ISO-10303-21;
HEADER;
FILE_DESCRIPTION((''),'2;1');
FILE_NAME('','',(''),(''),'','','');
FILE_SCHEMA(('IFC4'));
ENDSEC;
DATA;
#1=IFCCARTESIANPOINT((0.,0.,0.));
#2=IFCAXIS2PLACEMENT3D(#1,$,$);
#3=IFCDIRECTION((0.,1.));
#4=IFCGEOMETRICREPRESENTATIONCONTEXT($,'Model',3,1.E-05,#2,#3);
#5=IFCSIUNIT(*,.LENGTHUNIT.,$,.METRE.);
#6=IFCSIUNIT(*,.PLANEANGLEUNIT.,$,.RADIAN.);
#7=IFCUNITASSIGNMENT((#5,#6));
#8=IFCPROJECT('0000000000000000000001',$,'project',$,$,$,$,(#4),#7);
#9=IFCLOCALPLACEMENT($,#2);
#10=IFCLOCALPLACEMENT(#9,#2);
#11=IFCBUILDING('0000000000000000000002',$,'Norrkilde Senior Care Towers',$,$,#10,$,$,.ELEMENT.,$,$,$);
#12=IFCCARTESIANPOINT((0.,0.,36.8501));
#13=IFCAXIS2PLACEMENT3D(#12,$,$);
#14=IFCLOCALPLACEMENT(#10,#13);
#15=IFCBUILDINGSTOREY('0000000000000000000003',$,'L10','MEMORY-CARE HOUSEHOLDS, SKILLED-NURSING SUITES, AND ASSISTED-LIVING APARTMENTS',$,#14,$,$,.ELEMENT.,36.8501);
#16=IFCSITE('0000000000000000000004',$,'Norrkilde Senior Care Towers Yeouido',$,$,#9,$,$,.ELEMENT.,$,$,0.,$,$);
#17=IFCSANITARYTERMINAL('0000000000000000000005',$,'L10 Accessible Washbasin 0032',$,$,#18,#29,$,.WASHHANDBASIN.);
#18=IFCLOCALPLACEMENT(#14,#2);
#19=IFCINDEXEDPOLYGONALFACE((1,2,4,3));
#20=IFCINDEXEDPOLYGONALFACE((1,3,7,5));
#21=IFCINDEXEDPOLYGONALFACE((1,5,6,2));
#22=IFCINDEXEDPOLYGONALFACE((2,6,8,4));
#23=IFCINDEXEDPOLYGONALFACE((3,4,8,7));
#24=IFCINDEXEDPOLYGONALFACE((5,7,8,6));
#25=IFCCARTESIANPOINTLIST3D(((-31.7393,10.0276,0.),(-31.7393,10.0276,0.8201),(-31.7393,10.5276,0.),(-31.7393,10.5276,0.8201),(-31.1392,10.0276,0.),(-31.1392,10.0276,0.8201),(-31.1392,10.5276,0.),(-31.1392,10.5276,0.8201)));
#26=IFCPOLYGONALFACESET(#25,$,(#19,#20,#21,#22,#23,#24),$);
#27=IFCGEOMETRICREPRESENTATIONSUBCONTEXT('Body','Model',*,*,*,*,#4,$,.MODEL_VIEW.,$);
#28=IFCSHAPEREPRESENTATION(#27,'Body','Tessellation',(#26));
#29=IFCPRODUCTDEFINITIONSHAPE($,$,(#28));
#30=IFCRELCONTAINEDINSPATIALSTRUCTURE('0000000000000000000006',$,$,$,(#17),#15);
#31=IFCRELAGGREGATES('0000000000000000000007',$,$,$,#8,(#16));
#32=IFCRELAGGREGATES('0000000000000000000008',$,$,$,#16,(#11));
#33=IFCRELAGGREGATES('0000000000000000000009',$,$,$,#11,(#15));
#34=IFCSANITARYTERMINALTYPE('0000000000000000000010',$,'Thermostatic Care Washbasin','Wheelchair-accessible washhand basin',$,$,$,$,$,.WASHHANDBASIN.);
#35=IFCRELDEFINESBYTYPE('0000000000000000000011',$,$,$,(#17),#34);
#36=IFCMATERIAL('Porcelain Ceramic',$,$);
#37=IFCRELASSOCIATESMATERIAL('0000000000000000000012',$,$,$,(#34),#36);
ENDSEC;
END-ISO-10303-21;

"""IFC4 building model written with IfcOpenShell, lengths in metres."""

from ifc_helpers import new_model, si_unit, direction, frame, origin, origin_2d, place, context, subcontext, project, spatial, rectangle, extrude, source, transform, mapped, material, type_object, type_shapes, element, save


model = new_model("IFC4")

# Units and contexts
model_context = context("Model", 3, precision=1e-05, world=origin(), true_north=direction((0.0, 1.0)))
body_context = subcontext(model_context, "Body", "Model", "MODEL_VIEW")
ifc_project = project(units=[si_unit("LENGTHUNIT", "METRE"), si_unit("PLANEANGLEUNIT", "RADIAN")], contexts=[model_context])

# Site, building, storey
site_placement = place(None, origin())
site = spatial("IfcSite", under=ifc_project, at=site_placement, Name="Norrkilde Senior Care Towers Yeouido", CompositionType="ELEMENT", RefElevation=0.0)
building_placement = place(site_placement, origin())
building = spatial("IfcBuilding", under=site, at=building_placement, Name="Norrkilde Senior Care Towers", CompositionType="ELEMENT")
storey_placement = place(building_placement, frame((0.0, 0.0, 36.8501)))
storey = spatial("IfcBuildingStorey", under=building, at=storey_placement, Name="L10", Description="MEMORY-CARE HOUSEHOLDS, SKILLED-NURSING SUITES, AND ASSISTED-LIVING APARTMENTS", CompositionType="ELEMENT", Elevation=36.8501)

# Sanitary terminal
ifc_material_1 = material(Name="Porcelain Ceramic")
sanitary_terminal_type_1 = type_object("IfcSanitaryTerminalType", Name="Thermostatic Care Washbasin", Description="Wheelchair-accessible washhand basin", PredefinedType="WASHHANDBASIN", material=ifc_material_1)
shared_shape_1 = source(origin(), body_context, "Body", "SweptSolid", [
    extrude(rectangle(XDim=0.6001, YDim=0.5, at=origin_2d()), origin(), (0.0, 0.0, 1.0), 0.8201),
])
type_shapes(sanitary_terminal_type_1, [shared_shape_1])
sanitary_terminal_1_placement = place(storey_placement, frame((-31.4392, 10.2776, 0.0), z_axis=(0.0, 0.0, 1.0), x_axis=(1.0, 0.0, 0.0)))
element("IfcSanitaryTerminal", 1, at=sanitary_terminal_1_placement, inside=storey, type_object=sanitary_terminal_type_1, Name="L10 Accessible Washbasin 0032", PredefinedType="WASHHANDBASIN", context=body_context, shape_type="MappedRepresentation", body=[
    mapped(shared_shape_1, transform((0.0, 0.0, 0.0), x_axis=(1.0, 0.0, 0.0), y_axis=(0.0, 1.0, 0.0), z_axis=(0.0, 0.0, 1.0), scale=1.0)),
])

save(model, "model.ifc")
